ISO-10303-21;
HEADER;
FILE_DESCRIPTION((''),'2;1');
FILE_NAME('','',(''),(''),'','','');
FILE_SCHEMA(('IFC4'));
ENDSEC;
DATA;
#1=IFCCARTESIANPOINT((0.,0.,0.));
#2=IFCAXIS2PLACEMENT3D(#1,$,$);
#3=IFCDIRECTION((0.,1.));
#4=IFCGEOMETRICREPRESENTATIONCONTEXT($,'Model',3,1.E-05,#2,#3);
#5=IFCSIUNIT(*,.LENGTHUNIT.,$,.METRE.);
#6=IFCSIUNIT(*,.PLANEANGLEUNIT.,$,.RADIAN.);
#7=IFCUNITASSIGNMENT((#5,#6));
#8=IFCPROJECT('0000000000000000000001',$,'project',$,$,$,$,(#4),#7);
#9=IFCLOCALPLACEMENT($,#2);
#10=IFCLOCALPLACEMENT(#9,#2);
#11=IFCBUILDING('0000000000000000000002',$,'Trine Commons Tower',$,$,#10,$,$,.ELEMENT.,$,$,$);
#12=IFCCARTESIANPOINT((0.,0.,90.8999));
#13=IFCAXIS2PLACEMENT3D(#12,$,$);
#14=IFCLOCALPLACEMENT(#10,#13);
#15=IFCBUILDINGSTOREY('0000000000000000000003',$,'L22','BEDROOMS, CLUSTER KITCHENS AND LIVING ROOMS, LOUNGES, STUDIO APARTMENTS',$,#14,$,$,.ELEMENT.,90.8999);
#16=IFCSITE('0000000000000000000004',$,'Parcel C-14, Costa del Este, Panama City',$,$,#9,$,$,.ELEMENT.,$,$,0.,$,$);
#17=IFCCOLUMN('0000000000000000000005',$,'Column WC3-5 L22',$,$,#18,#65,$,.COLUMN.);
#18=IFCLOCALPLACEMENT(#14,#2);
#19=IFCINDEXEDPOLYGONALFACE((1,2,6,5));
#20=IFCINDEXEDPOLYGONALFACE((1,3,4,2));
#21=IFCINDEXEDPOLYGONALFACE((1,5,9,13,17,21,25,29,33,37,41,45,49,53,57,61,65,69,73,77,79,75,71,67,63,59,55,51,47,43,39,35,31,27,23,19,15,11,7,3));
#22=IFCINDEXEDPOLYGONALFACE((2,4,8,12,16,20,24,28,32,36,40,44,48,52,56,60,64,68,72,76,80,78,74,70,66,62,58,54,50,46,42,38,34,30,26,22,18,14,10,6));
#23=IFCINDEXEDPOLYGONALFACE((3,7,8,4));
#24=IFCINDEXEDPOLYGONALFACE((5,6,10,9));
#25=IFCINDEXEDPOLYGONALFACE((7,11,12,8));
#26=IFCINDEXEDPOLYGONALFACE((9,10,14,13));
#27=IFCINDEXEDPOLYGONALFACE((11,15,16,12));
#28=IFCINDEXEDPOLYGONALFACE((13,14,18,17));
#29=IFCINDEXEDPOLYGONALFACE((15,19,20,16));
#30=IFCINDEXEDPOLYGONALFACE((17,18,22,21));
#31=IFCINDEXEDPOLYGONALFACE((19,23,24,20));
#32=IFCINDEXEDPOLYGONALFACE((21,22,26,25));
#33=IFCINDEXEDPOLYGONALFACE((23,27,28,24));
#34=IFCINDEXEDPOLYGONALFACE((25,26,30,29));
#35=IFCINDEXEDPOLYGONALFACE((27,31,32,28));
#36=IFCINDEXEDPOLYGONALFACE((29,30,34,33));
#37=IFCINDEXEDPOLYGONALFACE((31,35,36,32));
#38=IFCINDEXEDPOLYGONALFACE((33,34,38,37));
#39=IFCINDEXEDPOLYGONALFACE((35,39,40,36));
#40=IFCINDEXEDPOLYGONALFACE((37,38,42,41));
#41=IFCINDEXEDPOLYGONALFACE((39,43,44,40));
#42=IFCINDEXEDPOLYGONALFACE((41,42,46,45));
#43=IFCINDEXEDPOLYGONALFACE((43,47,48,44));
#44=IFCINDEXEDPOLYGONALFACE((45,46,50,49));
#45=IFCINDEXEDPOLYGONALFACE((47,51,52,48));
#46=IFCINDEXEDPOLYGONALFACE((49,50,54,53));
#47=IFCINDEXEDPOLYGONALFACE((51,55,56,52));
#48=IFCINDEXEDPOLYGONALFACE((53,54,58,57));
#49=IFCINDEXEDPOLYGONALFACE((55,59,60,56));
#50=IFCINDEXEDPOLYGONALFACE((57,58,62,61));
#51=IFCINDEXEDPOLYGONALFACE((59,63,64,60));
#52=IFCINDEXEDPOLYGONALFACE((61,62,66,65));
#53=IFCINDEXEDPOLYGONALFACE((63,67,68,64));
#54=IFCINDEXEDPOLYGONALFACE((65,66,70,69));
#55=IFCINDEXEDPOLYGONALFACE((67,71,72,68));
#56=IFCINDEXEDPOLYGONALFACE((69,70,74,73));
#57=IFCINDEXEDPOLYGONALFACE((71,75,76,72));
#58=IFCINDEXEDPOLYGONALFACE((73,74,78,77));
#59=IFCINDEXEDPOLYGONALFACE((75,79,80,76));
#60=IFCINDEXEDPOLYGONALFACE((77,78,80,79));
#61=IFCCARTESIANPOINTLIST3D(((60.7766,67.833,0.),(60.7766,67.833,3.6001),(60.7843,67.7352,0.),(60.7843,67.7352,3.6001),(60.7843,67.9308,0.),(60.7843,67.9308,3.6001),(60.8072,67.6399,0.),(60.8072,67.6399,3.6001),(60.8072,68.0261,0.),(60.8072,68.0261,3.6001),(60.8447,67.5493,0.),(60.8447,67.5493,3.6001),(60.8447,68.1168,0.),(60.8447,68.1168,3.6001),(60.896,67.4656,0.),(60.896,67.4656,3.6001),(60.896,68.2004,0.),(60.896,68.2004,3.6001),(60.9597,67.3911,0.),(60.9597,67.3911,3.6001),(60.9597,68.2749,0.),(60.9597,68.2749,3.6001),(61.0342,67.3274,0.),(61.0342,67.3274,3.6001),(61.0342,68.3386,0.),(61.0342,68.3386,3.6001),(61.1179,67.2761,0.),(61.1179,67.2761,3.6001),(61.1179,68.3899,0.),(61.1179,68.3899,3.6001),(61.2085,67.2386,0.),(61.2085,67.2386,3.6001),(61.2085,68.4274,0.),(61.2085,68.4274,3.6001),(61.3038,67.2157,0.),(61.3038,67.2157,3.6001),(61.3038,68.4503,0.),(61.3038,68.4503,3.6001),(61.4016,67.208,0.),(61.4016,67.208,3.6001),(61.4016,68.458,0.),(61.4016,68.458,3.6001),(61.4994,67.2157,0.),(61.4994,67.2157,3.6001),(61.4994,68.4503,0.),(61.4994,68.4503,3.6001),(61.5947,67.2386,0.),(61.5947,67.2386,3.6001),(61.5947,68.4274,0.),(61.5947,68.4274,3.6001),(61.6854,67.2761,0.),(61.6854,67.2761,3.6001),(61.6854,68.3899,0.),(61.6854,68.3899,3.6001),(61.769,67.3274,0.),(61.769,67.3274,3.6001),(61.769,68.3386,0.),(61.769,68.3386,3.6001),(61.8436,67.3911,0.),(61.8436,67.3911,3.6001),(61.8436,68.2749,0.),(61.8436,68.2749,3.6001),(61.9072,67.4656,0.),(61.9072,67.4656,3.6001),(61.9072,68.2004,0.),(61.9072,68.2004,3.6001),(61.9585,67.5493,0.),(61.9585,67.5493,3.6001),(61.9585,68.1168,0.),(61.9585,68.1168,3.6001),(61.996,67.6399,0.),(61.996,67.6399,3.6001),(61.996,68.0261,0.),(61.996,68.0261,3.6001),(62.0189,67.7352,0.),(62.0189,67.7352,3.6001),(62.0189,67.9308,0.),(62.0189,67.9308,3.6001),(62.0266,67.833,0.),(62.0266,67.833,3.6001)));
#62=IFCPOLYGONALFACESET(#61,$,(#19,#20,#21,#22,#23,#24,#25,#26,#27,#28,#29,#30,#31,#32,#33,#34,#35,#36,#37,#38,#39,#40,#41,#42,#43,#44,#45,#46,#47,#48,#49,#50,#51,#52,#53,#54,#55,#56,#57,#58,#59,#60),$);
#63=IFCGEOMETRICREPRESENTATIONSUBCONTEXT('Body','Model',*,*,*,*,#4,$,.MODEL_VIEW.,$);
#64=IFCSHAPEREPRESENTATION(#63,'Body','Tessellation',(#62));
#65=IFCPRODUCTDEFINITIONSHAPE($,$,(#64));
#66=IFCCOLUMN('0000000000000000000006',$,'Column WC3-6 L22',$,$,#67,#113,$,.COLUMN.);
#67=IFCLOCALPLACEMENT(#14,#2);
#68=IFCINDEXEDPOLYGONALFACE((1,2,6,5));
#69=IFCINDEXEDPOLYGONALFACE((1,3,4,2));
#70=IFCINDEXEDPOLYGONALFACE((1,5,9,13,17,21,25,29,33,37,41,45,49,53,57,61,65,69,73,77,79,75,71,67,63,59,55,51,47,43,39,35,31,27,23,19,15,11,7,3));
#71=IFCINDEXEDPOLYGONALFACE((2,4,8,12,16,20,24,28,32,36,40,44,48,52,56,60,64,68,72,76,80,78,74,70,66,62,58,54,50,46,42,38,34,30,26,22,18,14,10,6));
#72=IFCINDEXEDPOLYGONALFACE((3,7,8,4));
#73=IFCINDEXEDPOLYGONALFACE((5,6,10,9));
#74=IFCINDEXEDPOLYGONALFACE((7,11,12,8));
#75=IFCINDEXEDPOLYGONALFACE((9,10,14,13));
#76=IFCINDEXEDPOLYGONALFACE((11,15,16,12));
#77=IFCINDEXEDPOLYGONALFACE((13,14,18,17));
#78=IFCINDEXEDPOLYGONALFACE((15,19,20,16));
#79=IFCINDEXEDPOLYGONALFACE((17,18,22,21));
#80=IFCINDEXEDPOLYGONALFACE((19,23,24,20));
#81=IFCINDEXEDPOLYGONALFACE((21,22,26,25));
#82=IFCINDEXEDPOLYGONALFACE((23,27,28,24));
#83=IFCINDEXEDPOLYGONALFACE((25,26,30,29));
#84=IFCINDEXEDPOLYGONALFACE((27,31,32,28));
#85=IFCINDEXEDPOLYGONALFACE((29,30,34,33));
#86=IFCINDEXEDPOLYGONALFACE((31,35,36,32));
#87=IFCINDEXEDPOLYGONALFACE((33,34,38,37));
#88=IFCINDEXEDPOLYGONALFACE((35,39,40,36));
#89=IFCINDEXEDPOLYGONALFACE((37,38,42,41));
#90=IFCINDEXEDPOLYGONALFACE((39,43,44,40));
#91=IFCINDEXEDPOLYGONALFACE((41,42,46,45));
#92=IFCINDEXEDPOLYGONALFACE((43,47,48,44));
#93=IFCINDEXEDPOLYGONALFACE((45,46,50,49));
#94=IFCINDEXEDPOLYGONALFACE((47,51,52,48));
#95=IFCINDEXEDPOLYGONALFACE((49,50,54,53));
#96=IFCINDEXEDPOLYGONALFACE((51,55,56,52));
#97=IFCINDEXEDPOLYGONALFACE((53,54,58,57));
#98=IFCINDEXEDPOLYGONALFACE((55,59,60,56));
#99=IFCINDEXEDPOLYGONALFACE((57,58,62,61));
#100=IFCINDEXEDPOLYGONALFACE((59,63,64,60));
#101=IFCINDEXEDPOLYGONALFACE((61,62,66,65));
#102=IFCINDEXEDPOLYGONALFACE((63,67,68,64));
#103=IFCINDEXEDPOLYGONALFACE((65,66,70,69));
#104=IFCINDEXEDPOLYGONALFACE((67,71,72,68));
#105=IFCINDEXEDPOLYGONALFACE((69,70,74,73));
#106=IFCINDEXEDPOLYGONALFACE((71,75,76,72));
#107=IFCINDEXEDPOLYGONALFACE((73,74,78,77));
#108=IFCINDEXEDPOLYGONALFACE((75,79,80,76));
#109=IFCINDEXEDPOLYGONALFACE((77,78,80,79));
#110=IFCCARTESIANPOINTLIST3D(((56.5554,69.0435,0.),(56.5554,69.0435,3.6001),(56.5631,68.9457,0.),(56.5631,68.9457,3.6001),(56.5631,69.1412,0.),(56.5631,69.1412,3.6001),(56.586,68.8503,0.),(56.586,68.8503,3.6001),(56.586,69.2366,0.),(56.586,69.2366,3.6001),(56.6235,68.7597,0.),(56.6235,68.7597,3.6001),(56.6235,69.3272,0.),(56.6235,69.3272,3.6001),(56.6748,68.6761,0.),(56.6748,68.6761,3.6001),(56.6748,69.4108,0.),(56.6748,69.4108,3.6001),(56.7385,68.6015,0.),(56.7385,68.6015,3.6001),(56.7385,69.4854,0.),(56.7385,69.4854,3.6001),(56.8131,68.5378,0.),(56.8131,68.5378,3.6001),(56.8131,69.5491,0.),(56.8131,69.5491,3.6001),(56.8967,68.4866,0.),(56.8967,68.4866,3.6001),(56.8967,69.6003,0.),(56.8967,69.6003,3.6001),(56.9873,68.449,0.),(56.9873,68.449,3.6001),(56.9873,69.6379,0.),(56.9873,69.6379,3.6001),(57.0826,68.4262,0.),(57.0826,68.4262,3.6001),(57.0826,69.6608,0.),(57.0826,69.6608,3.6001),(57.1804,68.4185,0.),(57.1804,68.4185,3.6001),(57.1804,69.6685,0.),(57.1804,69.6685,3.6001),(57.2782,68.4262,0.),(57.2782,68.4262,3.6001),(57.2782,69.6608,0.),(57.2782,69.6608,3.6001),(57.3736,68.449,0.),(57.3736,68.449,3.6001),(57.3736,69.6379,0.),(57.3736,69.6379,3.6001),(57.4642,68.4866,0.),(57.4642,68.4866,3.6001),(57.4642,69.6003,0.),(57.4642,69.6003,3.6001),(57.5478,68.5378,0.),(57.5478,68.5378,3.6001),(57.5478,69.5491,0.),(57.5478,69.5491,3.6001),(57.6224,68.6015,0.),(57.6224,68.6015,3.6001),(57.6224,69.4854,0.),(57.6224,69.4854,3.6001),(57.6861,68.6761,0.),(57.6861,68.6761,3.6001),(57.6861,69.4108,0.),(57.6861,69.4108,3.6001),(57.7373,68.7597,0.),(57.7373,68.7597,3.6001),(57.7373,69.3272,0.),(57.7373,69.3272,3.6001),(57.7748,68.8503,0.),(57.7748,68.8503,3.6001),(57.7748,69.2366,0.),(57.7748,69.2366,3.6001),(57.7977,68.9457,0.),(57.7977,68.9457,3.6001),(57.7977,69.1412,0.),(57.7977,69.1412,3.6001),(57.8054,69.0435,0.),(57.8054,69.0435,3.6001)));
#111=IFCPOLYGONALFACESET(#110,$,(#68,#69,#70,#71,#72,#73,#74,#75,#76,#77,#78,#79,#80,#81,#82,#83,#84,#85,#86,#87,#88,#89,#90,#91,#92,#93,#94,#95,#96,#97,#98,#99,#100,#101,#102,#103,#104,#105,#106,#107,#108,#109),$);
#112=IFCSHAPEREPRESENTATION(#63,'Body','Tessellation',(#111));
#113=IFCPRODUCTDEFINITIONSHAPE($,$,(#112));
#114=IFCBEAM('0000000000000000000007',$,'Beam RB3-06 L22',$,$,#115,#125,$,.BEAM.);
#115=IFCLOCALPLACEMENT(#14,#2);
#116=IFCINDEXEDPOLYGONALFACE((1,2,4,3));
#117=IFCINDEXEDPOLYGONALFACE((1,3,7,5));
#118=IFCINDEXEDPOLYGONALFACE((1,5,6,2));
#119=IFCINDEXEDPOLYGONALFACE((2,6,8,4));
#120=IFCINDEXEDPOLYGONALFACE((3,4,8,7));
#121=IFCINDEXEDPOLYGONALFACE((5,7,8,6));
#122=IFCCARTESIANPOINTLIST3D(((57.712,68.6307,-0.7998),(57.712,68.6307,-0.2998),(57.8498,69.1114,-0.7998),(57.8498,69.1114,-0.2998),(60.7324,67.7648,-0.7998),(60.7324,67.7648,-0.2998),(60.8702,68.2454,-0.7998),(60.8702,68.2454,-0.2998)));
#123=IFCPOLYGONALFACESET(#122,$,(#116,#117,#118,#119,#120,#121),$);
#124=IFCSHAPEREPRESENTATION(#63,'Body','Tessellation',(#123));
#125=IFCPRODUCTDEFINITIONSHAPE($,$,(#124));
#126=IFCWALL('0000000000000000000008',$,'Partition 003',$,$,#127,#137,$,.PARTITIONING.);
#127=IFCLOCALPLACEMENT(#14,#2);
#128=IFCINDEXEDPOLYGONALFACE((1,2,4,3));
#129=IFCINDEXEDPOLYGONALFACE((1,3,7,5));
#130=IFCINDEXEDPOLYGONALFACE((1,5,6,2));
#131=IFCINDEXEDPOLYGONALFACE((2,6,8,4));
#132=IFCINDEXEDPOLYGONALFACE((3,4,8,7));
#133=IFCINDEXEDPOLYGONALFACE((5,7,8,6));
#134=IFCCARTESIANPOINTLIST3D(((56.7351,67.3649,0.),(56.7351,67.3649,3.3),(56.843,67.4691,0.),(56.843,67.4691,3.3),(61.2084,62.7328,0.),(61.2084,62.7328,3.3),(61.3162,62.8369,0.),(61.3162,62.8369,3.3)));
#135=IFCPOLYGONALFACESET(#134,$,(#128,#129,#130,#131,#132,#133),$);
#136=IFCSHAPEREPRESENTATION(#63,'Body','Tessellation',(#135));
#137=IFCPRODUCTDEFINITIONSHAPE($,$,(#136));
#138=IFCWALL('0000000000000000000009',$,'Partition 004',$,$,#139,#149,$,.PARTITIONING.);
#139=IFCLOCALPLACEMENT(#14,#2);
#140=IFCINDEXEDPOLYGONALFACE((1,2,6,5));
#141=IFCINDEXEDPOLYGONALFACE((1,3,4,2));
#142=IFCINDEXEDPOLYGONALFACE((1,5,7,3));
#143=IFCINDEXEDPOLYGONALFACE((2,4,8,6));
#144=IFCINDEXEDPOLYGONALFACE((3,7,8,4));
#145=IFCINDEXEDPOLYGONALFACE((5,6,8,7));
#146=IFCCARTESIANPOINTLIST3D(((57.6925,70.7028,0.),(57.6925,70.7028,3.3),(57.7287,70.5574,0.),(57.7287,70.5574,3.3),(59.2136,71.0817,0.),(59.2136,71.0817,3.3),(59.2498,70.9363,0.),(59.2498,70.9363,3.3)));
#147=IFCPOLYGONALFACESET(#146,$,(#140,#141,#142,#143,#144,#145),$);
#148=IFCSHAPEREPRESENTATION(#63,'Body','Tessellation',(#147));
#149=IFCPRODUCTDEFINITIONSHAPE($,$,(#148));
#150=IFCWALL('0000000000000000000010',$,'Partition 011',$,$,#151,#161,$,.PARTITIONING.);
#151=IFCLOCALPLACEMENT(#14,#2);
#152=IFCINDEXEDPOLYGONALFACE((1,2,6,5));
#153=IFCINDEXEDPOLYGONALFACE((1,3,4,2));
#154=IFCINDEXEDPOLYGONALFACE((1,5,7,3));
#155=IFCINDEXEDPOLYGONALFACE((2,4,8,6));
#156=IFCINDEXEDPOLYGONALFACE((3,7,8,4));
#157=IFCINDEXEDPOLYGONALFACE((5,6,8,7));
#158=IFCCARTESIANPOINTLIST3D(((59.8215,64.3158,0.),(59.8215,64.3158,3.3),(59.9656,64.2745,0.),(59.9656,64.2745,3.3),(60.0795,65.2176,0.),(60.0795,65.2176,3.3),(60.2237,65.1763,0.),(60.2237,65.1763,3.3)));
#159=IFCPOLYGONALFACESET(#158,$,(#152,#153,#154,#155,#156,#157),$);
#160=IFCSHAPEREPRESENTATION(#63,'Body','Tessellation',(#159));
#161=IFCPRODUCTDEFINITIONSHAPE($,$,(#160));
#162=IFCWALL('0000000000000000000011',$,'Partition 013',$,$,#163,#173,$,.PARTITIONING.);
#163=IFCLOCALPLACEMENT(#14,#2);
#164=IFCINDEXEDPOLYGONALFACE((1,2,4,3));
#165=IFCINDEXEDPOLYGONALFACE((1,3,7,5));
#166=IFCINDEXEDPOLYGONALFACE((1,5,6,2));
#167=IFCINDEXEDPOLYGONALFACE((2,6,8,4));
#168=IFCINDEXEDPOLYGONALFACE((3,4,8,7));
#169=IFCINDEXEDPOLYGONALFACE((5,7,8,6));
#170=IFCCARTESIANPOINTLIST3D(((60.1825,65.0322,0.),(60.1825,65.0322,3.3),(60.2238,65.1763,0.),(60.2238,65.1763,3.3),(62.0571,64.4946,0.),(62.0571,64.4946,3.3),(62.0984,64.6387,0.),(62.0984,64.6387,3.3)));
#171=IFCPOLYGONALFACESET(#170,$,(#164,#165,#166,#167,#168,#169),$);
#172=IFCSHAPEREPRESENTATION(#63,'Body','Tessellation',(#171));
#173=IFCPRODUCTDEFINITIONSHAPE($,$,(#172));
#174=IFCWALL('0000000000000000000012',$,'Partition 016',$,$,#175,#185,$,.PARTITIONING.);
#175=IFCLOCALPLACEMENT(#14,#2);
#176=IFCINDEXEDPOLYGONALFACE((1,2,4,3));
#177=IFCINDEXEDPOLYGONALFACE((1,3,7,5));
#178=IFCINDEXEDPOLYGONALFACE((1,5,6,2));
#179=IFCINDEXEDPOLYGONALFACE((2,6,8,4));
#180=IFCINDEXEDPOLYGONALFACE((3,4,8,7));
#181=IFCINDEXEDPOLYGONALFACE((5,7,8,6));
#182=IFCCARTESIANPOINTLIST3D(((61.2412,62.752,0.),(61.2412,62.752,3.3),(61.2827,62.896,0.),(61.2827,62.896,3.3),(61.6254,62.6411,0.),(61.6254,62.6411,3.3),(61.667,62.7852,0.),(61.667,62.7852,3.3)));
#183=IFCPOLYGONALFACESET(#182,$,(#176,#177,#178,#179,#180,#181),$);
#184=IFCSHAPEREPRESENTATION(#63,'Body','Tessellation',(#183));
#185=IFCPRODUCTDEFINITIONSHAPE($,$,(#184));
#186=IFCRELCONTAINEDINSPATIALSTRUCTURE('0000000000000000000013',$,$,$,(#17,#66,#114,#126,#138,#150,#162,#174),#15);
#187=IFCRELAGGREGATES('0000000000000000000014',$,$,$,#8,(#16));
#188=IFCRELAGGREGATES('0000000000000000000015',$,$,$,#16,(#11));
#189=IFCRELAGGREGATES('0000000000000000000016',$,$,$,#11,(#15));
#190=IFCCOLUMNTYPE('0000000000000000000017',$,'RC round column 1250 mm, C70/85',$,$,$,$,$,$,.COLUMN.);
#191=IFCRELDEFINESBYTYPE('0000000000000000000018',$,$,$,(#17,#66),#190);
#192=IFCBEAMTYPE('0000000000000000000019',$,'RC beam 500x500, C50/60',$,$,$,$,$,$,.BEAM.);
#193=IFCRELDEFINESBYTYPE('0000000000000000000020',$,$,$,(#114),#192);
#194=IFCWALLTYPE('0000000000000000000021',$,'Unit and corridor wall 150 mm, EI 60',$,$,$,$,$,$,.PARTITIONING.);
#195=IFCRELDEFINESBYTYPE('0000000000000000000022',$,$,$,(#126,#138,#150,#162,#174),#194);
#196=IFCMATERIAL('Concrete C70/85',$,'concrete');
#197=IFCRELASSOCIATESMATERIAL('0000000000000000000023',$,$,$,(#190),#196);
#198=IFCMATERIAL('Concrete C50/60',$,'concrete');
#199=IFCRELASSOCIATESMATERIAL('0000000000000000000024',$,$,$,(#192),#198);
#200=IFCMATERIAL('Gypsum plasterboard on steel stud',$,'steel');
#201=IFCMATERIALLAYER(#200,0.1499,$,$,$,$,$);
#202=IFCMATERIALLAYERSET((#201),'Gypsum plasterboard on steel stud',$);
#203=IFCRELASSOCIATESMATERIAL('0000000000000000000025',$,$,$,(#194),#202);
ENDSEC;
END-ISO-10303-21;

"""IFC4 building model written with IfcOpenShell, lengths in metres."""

from ifc_helpers import new_model, si_unit, direction, frame, frame_2d, origin, origin_2d, place, context, subcontext, project, spatial, rectangle, circle, extrude, material, layer, layer_set, material_profile, profile_set, type_object, element, save


model = new_model("IFC4")

# Units and contexts
model_context = context("Model", 3, precision=1e-05, world=origin(), true_north=direction((0.0, 1.0)))
body_context = subcontext(model_context, "Body", "Model", "MODEL_VIEW")
ifc_project = project(units=[si_unit("LENGTHUNIT", "METRE"), si_unit("PLANEANGLEUNIT", "RADIAN")], contexts=[model_context])

# Site, building, storey
site_placement = place(None, origin())
site = spatial("IfcSite", under=ifc_project, at=site_placement, Name="Parcel C-14, Costa del Este, Panama City", CompositionType="ELEMENT", RefElevation=0.0)
building_placement = place(site_placement, origin())
building = spatial("IfcBuilding", under=site, at=building_placement, Name="Trine Commons Tower", CompositionType="ELEMENT")
storey_placement = place(building_placement, frame((0.0, 0.0, 90.8999)))
storey = spatial("IfcBuildingStorey", under=building, at=storey_placement, Name="L22", Description="BEDROOMS, CLUSTER KITCHENS AND LIVING ROOMS, LOUNGES, STUDIO APARTMENTS", CompositionType="ELEMENT", Elevation=90.8999)

# Columns
ifc_material_1 = material(Name="Concrete C70/85", Category="concrete")
ifc_material_profile_1 = material_profile(ifc_material_1, circle(Radius=0.625, at=origin_2d()), Name="RC round 1250")
ifc_profile_set_1 = profile_set([ifc_material_profile_1], Name="Concrete C70/85")
column_type = type_object("IfcColumnType", Name="RC round column 1250 mm, C70/85", PredefinedType="COLUMN", material=ifc_profile_set_1)
for number, where, z_axis, x_axis, name in (
    (1, (61.4016, 67.833, 0.0), (0.0, 0.0, 1.0), (1.0, 0.0, 0.0), "Column WC3-5 L22"),
    (2, (57.1804, 69.0435, 0.0), (0.0, 0.0, 1.0), (1.0, 0.0, 0.0), "Column WC3-6 L22"),
):
    element("IfcColumn", number, at=place(storey_placement, frame(where, z_axis=z_axis, x_axis=x_axis)), inside=storey, type_object=column_type, Name=name, PredefinedType="COLUMN", context=body_context, shape_type="SweptSolid", body=[
        extrude(circle(Radius=0.625, at=origin_2d()), origin(), (0.0, 0.0, 1.0), 3.6001),
    ])

# Beam
ifc_material_2 = material(Name="Concrete C50/60", Category="concrete")
ifc_material_profile_2 = material_profile(ifc_material_2, rectangle(XDim=0.5, YDim=0.5, at=origin_2d()), Name="RC 500x500")
ifc_profile_set_2 = profile_set([ifc_material_profile_2], Name="Concrete C50/60")
beam_type = type_object("IfcBeamType", Name="RC beam 500x500, C50/60", PredefinedType="BEAM", material=ifc_profile_set_2)
beam_placement = place(storey_placement, frame((60.8013, 68.0051, -0.5498), z_axis=(-0.961274, 0.275593, 0.0), x_axis=(-0.275593, -0.961274, 0.0)))
element("IfcBeam", 3, at=beam_placement, inside=storey, type_object=beam_type, Name="Beam RB3-06 L22", PredefinedType="BEAM", context=body_context, shape_type="SweptSolid", body=[
    extrude(rectangle(XDim=0.5, YDim=0.5, at=origin_2d()), origin(), (0.0, 0.0, 1.0), 3.1421),
])

# Walls
ifc_material_3 = material(Name="Gypsum plasterboard on steel stud", Category="steel")
ifc_layer_1 = layer(ifc_material_3, 0.1499)
ifc_layer_set_1 = layer_set([ifc_layer_1], Name="Gypsum plasterboard on steel stud")
wall_type_1 = type_object("IfcWallType", Name="Unit and corridor wall 150 mm, EI 60", PredefinedType="PARTITIONING", material=ifc_layer_set_1)
wall_1_placement = place(storey_placement, frame((56.7891, 67.417, 0.0), z_axis=(0.0, 0.0, 1.0), x_axis=(0.694658, -0.71934, 0.0)))
element("IfcWall", 4, at=wall_1_placement, inside=storey, type_object=wall_type_1, Name="Partition 003", PredefinedType="PARTITIONING", context=body_context, shape_type="SweptSolid", body=[
    extrude(rectangle(XDim=6.4395, YDim=0.1499, at=frame_2d((3.2197, 0.0))), origin(), (0.0, 0.0, 1.0), 3.3),
])
wall_2_placement = place(storey_placement, frame((57.7107, 70.6301, 0.0), z_axis=(0.0, 0.0, 1.0), x_axis=(0.970353, 0.241693, 0.0)))
element("IfcWall", 5, at=wall_2_placement, inside=storey, type_object=wall_type_1, Name="Partition 004", PredefinedType="PARTITIONING", context=body_context, shape_type="SweptSolid", body=[
    extrude(rectangle(XDim=1.5676, YDim=0.1499, at=frame_2d((0.7837, 0.0))), origin(), (0.0, 0.0, 1.0), 3.3),
])
wall_3_placement = place(storey_placement, frame((59.8936, 64.2952, 0.0), z_axis=(0.0, 0.0, 1.0), x_axis=(0.275099, 0.961416, 0.0)))
element("IfcWall", 6, at=wall_3_placement, inside=storey, type_object=wall_type_1, Name="Partition 011", PredefinedType="PARTITIONING", context=body_context, shape_type="SweptSolid", body=[
    extrude(rectangle(XDim=0.938, YDim=0.1499, at=frame_2d((0.469, 0.0))), origin(), (0.0, 0.0, 1.0), 3.3),
])
wall_4_placement = place(storey_placement, frame((60.2031, 65.1042, 0.0), z_axis=(0.0, 0.0, 1.0), x_axis=(0.961259, -0.275647, 0.0)))
element("IfcWall", 7, at=wall_4_placement, inside=storey, type_object=wall_type_1, Name="Partition 013", PredefinedType="PARTITIONING", context=body_context, shape_type="SweptSolid", body=[
    extrude(rectangle(XDim=1.9502, YDim=0.1499, at=frame_2d((0.9751, 0.0))), origin(), (0.0, 0.0, 1.0), 3.3),
])
wall_5_placement = place(storey_placement, frame((61.262, 62.824, 0.0), z_axis=(0.0, 0.0, 1.0), x_axis=(0.96083, -0.277139, 0.0)))
element("IfcWall", 8, at=wall_5_placement, inside=storey, type_object=wall_type_1, Name="Partition 016", PredefinedType="PARTITIONING", context=body_context, shape_type="SweptSolid", body=[
    extrude(rectangle(XDim=0.3999, YDim=0.1499, at=frame_2d((0.2, 0.0))), origin(), (0.0, 0.0, 1.0), 3.3),
])

save(model, "model.ifc")
